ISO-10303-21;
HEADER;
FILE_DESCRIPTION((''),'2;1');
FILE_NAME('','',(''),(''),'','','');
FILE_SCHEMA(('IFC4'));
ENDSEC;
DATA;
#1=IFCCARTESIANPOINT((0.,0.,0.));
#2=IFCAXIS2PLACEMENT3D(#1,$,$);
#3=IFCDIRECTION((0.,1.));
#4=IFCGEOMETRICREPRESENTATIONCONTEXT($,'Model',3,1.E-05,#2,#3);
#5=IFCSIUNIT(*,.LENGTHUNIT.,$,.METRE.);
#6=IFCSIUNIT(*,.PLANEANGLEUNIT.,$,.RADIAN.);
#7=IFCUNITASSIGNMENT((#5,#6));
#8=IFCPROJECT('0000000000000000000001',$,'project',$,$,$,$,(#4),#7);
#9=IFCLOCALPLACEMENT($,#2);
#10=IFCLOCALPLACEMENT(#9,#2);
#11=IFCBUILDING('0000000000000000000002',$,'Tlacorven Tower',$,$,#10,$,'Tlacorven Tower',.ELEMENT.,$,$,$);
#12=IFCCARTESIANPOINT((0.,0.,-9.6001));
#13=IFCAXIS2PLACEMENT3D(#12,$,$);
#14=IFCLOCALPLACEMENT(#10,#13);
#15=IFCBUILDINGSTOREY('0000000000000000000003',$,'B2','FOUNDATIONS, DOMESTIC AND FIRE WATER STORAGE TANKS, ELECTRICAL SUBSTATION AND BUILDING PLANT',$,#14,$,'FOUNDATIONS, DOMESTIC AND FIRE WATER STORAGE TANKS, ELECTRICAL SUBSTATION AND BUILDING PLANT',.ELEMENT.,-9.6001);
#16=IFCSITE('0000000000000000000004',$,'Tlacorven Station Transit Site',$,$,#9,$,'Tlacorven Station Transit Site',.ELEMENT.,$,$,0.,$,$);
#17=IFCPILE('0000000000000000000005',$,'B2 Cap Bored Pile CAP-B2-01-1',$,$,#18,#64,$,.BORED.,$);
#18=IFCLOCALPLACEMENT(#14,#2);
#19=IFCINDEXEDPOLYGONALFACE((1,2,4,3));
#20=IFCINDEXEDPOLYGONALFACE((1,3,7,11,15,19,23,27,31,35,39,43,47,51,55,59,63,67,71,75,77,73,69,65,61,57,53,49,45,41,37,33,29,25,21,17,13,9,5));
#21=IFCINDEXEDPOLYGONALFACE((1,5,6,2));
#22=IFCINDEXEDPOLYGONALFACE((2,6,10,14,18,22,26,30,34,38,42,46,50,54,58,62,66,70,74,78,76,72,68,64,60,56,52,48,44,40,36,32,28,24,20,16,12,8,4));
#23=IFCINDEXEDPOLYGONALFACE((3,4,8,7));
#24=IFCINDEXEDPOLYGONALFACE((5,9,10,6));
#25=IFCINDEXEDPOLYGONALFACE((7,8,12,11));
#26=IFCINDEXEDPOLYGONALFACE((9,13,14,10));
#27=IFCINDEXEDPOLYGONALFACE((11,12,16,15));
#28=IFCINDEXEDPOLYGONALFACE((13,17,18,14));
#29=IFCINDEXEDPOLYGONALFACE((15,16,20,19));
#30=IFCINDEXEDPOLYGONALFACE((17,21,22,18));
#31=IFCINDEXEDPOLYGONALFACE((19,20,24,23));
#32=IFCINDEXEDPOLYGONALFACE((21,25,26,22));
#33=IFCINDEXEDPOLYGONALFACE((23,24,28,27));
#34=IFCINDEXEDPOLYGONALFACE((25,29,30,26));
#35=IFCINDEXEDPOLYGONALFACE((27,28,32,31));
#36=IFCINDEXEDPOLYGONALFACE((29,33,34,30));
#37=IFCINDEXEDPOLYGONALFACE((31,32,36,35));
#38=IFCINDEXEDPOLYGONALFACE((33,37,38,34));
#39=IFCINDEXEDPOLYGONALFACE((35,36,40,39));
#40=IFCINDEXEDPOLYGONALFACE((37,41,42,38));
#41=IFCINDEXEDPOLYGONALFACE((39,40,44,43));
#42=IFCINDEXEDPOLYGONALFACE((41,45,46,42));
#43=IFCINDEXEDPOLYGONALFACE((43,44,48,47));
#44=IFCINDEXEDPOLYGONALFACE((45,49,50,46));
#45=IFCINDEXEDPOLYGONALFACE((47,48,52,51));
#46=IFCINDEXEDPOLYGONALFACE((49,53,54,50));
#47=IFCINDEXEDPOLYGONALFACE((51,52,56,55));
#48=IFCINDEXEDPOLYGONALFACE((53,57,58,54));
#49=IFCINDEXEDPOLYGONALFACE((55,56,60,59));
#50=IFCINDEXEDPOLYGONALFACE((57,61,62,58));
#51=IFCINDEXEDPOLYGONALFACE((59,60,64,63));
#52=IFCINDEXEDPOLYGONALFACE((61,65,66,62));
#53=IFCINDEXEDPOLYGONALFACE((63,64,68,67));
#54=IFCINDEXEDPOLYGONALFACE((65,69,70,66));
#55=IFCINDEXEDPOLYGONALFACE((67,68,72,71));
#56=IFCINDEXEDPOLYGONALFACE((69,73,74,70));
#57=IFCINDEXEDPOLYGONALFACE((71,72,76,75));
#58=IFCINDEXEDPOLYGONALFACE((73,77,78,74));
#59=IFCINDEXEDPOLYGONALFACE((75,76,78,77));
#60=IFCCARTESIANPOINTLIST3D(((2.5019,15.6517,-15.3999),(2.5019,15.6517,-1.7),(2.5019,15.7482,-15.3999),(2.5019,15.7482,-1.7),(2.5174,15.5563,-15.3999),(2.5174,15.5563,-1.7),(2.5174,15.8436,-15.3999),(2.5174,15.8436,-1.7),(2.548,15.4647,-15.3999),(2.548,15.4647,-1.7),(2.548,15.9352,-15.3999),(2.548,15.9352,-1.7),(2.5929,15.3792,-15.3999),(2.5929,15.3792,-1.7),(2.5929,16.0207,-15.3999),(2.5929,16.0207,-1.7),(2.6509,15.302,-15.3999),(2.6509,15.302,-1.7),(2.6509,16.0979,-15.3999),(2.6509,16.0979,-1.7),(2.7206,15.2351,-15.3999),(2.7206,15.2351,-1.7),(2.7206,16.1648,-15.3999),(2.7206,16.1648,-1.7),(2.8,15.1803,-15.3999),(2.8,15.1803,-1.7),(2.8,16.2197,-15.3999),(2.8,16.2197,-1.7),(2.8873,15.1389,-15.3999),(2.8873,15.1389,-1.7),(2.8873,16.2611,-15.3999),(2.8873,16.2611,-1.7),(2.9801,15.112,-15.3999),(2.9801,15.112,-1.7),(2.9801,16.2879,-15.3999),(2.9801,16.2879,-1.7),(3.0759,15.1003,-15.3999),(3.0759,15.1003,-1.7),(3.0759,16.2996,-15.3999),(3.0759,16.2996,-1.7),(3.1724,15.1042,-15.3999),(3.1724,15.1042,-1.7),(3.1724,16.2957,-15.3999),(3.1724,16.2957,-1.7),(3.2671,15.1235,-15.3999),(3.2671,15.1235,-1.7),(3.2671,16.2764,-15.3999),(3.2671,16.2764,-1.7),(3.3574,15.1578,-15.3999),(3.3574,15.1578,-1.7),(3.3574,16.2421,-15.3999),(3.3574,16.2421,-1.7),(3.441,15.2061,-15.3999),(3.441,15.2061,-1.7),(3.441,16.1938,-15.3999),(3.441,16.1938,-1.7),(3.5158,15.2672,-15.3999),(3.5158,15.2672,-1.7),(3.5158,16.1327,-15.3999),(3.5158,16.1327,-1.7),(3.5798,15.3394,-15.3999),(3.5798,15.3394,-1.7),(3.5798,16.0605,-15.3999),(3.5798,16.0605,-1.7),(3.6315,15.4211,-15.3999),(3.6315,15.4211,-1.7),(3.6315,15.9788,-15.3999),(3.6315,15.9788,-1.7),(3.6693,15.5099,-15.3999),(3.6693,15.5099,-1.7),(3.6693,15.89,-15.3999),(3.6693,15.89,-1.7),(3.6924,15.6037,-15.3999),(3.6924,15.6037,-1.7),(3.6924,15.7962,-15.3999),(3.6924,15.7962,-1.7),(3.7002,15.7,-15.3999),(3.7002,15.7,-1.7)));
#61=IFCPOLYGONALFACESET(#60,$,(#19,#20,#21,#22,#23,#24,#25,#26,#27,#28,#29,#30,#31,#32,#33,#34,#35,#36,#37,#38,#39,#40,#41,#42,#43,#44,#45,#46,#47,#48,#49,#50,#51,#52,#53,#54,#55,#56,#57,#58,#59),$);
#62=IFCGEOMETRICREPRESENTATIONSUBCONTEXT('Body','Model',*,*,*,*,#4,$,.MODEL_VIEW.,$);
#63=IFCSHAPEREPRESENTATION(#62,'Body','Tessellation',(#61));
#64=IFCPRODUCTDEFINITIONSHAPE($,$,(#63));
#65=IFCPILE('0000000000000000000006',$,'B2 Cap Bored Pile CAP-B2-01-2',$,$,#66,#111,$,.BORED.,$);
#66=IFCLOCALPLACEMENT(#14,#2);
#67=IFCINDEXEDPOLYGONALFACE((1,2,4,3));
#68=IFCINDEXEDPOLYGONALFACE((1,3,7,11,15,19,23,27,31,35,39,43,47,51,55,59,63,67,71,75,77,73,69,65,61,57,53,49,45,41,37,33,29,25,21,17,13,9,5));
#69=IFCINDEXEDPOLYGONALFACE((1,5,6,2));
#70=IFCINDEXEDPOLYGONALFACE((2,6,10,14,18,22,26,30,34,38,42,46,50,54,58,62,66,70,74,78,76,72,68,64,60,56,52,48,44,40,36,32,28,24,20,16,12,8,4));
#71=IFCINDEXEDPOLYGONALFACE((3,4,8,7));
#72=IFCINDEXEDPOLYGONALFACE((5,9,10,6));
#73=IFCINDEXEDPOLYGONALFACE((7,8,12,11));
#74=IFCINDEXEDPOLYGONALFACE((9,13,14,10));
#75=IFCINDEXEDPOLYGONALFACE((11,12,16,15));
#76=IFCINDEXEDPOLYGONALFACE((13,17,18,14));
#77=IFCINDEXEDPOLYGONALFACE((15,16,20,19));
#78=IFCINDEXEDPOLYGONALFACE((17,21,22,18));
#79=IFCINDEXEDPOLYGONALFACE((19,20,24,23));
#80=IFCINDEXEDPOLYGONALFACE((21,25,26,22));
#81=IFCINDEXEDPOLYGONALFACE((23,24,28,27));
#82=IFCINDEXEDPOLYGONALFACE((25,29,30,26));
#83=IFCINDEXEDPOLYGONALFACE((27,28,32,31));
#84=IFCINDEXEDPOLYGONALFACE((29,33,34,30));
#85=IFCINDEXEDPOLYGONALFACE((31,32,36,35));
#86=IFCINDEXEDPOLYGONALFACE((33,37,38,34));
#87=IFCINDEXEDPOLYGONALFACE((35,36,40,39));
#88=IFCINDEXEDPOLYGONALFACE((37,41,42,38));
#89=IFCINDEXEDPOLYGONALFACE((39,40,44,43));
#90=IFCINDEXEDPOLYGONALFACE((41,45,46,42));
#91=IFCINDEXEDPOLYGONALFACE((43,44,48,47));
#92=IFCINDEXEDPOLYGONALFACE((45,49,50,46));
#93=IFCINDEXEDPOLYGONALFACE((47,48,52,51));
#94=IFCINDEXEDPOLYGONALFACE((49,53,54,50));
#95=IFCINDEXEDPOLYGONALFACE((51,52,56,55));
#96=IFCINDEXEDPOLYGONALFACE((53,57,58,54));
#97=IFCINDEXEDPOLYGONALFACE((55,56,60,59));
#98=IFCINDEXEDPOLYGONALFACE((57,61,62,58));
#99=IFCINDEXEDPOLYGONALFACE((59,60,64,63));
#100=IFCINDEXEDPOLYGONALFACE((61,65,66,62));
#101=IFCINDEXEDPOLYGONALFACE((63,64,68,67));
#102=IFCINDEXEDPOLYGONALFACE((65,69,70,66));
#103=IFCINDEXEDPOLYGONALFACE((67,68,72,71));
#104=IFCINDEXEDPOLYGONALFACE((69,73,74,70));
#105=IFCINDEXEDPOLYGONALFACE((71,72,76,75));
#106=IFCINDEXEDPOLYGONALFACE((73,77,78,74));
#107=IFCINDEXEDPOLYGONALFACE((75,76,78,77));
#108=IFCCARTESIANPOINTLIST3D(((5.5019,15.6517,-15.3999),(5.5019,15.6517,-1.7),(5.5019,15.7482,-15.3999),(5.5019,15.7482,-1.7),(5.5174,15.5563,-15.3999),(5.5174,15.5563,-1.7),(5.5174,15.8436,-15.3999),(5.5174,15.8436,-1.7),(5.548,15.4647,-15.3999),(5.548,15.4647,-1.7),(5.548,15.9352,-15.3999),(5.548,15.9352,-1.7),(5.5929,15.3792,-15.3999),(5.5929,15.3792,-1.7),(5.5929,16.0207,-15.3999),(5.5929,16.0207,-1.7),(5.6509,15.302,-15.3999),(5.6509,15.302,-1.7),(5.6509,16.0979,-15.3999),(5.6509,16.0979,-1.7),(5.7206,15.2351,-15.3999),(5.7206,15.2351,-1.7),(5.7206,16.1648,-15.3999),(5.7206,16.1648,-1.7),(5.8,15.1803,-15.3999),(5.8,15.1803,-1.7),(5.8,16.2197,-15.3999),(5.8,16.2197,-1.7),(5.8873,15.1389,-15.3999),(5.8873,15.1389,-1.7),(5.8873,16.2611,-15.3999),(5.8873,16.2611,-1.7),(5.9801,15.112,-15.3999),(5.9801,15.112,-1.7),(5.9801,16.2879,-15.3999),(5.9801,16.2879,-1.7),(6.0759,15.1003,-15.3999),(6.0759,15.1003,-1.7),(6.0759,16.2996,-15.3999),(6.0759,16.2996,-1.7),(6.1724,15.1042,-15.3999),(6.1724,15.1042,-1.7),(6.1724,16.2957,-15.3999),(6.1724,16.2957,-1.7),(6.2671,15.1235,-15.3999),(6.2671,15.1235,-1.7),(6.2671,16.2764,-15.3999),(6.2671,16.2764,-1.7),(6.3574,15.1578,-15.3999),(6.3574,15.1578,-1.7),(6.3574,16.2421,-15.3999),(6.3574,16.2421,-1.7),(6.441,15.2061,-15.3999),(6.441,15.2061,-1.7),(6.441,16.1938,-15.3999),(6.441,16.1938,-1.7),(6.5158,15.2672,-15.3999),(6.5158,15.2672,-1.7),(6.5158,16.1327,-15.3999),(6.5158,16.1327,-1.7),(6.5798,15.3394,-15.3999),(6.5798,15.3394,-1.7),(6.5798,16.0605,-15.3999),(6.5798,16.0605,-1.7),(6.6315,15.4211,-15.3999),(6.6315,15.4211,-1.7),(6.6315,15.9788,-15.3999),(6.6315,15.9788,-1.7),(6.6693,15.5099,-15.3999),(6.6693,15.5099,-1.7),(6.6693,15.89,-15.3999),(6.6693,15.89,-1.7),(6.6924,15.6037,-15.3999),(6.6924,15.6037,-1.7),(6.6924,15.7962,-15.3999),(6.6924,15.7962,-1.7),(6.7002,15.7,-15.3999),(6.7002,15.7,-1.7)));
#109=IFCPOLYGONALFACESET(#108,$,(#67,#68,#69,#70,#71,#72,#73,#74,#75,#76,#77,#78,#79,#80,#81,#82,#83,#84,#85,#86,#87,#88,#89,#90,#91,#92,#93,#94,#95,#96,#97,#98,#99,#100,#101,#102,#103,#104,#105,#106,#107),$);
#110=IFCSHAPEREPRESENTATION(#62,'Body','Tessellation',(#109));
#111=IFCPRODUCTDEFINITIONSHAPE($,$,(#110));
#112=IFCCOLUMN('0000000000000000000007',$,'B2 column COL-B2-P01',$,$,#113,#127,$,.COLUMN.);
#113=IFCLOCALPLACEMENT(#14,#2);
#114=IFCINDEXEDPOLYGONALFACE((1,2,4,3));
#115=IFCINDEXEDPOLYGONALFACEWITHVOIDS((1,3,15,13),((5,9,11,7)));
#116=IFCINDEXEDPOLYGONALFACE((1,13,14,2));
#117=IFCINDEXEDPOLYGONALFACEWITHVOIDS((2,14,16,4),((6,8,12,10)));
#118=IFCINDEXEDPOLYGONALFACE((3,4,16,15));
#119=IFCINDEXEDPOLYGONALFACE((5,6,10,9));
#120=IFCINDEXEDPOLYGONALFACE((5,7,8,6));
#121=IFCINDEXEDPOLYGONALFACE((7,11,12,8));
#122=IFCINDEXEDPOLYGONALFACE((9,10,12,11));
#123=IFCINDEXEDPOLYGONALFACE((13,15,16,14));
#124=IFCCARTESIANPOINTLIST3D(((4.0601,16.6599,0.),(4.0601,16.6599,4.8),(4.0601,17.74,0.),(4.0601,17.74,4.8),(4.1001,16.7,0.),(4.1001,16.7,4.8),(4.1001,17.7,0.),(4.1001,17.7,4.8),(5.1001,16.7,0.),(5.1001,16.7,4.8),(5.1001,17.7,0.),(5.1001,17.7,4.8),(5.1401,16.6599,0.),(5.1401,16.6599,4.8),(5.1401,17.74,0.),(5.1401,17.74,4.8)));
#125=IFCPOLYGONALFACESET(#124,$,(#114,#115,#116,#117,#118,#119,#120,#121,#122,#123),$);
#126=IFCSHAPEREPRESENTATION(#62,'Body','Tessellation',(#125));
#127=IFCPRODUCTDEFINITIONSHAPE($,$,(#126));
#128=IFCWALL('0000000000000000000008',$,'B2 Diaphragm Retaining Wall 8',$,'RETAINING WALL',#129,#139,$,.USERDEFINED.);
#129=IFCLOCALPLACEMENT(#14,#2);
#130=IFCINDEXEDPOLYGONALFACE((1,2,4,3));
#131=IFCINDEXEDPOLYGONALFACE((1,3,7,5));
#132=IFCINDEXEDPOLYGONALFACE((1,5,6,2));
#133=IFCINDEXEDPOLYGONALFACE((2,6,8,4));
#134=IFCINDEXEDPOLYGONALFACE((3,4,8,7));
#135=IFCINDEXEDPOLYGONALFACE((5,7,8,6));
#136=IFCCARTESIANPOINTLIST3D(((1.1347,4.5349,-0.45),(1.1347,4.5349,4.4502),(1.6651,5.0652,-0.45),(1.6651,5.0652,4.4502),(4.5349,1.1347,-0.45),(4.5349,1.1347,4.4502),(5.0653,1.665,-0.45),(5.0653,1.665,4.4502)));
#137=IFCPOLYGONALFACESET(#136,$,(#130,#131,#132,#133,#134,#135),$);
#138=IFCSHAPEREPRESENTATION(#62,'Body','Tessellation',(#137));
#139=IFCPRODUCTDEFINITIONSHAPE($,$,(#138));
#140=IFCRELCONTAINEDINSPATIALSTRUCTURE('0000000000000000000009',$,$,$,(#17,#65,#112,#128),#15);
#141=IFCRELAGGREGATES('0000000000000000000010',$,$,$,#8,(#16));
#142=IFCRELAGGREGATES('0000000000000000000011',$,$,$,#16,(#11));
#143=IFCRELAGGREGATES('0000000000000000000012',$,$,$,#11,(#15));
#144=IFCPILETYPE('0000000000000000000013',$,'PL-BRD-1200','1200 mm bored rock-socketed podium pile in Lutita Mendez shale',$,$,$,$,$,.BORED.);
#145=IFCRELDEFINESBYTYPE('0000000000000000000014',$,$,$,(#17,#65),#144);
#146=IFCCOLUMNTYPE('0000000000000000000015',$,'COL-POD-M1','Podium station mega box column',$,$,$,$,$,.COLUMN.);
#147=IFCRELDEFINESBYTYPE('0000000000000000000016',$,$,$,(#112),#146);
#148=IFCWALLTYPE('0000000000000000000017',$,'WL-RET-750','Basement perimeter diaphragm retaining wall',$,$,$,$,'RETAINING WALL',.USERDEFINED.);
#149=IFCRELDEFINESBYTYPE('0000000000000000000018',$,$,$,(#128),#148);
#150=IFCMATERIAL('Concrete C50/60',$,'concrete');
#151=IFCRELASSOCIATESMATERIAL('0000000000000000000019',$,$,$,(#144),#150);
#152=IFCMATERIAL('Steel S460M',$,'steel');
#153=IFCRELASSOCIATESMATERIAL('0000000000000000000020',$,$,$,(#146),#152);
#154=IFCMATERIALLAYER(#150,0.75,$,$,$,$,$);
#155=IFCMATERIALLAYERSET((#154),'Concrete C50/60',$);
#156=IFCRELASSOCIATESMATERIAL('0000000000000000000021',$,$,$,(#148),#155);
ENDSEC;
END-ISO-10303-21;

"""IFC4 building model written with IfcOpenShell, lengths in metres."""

from ifc_helpers import new_model, si_unit, direction, frame, frame_2d, origin, origin_2d, place, context, subcontext, project, spatial, rectangle, hollow_rectangle, circle, extrude, source, transform, mapped, material, layer, layer_set, material_profile, profile_set, type_object, element, save


model = new_model("IFC4")

# Units and contexts
model_context = context("Model", 3, precision=1e-05, world=origin(), true_north=direction((0.0, 1.0)))
body_context = subcontext(model_context, "Body", "Model", "MODEL_VIEW")
ifc_project = project(units=[si_unit("LENGTHUNIT", "METRE"), si_unit("PLANEANGLEUNIT", "RADIAN")], contexts=[model_context])

# Site, building, storey
site_placement = place(None, origin())
site = spatial("IfcSite", under=ifc_project, at=site_placement, Name="Tlacorven Station Transit Site", LongName="Tlacorven Station Transit Site", CompositionType="ELEMENT", RefElevation=0.0)
building_placement = place(site_placement, origin())
building = spatial("IfcBuilding", under=site, at=building_placement, Name="Tlacorven Tower", LongName="Tlacorven Tower", CompositionType="ELEMENT")
storey_placement = place(building_placement, frame((0.0, 0.0, -9.6001)))
storey = spatial("IfcBuildingStorey", under=building, at=storey_placement, Name="B2", Description="FOUNDATIONS, DOMESTIC AND FIRE WATER STORAGE TANKS, ELECTRICAL SUBSTATION AND BUILDING PLANT", LongName="FOUNDATIONS, DOMESTIC AND FIRE WATER STORAGE TANKS, ELECTRICAL SUBSTATION AND BUILDING PLANT", CompositionType="ELEMENT", Elevation=-9.6001)

# Shared definitions
ifc_material_1 = material(Name="Concrete C50/60", Category="concrete")

# Piles
ifc_material_profile_1 = material_profile(ifc_material_1, circle(Radius=0.6001, at=origin_2d()), Name="BORED PILE D1200")
ifc_profile_set_1 = profile_set([ifc_material_profile_1], Name="Concrete C50/60")
pile_type_1 = type_object("IfcPileType", Name="PL-BRD-1200", Description="1200 mm bored rock-socketed podium pile in Lutita Mendez shale", PredefinedType="BORED", material=ifc_profile_set_1)
shared_shape_1 = source(origin(), body_context, "Body", "SweptSolid", [
    extrude(circle(Radius=0.6001, at=origin_2d()), origin(), (0.0, 0.0, 1.0), 13.7),
])
for number, where, z_axis, x_axis, name in (
    (1, (3.1001, 15.7, -1.7), (0.0, 0.0, -1.0), (1.0, 0.0, 0.0), "B2 Cap Bored Pile CAP-B2-01-1"),
    (2, (6.1001, 15.7, -1.7), (0.0, 0.0, -1.0), (1.0, 0.0, 0.0), "B2 Cap Bored Pile CAP-B2-01-2"),
):
    element("IfcPile", number, at=place(storey_placement, frame(where, z_axis=z_axis, x_axis=x_axis)), inside=storey, type_object=pile_type_1, Name=name, PredefinedType="BORED", context=body_context, shape_type="MappedRepresentation", body=[
        mapped(shared_shape_1, transform((0.0, 0.0, 0.0), scale=1.0)),
    ])

# Column
ifc_material_2 = material(Name="Steel S460M", Category="steel")
ifc_material_profile_2 = material_profile(ifc_material_2, hollow_rectangle(XDim=1.0801, YDim=1.0801, WallThickness=0.04, at=origin_2d()), Name="BOX 1080X1080X40")
ifc_profile_set_2 = profile_set([ifc_material_profile_2], Name="Steel S460M")
column_type = type_object("IfcColumnType", Name="COL-POD-M1", Description="Podium station mega box column", PredefinedType="COLUMN", material=ifc_profile_set_2)
shared_shape_2 = source(origin(), body_context, "Body", "SweptSolid", [
    extrude(hollow_rectangle(XDim=1.0801, YDim=1.0801, WallThickness=0.04, at=origin_2d()), origin(), (0.0, 0.0, 1.0), 4.8),
])
column_placement = place(storey_placement, frame((4.6001, 17.2, 0.0), z_axis=(0.0, 0.0, 1.0), x_axis=(1.0, 0.0, 0.0)))
element("IfcColumn", 3, at=column_placement, inside=storey, type_object=column_type, Name="B2 column COL-B2-P01", PredefinedType="COLUMN", context=body_context, shape_type="MappedRepresentation", body=[
    mapped(shared_shape_2, transform((0.0, 0.0, 0.0), scale=1.0)),
])

# Wall
ifc_layer_1 = layer(ifc_material_1, 0.75)
ifc_layer_set_1 = layer_set([ifc_layer_1], Name="Concrete C50/60")
wall_type_1 = type_object("IfcWallType", Name="WL-RET-750", Description="Basement perimeter diaphragm retaining wall", ElementType="RETAINING WALL", PredefinedType="USERDEFINED", material=ifc_layer_set_1)
wall_1_placement = place(storey_placement, frame((1.3999, 4.8, -0.45), z_axis=(0.0, 0.0, 1.0), x_axis=(0.707107, -0.707107, 0.0)))
element("IfcWall", 4, at=wall_1_placement, inside=storey, type_object=wall_type_1, Name="B2 Diaphragm Retaining Wall 8", ObjectType="RETAINING WALL", PredefinedType="USERDEFINED", context=body_context, shape_type="SweptSolid", body=[
    extrude(rectangle(XDim=4.8086, YDim=0.75, at=frame_2d((2.4043, 0.0))), origin(), (0.0, 0.0, 1.0), 4.9001),
])

save(model, "model.ifc")
